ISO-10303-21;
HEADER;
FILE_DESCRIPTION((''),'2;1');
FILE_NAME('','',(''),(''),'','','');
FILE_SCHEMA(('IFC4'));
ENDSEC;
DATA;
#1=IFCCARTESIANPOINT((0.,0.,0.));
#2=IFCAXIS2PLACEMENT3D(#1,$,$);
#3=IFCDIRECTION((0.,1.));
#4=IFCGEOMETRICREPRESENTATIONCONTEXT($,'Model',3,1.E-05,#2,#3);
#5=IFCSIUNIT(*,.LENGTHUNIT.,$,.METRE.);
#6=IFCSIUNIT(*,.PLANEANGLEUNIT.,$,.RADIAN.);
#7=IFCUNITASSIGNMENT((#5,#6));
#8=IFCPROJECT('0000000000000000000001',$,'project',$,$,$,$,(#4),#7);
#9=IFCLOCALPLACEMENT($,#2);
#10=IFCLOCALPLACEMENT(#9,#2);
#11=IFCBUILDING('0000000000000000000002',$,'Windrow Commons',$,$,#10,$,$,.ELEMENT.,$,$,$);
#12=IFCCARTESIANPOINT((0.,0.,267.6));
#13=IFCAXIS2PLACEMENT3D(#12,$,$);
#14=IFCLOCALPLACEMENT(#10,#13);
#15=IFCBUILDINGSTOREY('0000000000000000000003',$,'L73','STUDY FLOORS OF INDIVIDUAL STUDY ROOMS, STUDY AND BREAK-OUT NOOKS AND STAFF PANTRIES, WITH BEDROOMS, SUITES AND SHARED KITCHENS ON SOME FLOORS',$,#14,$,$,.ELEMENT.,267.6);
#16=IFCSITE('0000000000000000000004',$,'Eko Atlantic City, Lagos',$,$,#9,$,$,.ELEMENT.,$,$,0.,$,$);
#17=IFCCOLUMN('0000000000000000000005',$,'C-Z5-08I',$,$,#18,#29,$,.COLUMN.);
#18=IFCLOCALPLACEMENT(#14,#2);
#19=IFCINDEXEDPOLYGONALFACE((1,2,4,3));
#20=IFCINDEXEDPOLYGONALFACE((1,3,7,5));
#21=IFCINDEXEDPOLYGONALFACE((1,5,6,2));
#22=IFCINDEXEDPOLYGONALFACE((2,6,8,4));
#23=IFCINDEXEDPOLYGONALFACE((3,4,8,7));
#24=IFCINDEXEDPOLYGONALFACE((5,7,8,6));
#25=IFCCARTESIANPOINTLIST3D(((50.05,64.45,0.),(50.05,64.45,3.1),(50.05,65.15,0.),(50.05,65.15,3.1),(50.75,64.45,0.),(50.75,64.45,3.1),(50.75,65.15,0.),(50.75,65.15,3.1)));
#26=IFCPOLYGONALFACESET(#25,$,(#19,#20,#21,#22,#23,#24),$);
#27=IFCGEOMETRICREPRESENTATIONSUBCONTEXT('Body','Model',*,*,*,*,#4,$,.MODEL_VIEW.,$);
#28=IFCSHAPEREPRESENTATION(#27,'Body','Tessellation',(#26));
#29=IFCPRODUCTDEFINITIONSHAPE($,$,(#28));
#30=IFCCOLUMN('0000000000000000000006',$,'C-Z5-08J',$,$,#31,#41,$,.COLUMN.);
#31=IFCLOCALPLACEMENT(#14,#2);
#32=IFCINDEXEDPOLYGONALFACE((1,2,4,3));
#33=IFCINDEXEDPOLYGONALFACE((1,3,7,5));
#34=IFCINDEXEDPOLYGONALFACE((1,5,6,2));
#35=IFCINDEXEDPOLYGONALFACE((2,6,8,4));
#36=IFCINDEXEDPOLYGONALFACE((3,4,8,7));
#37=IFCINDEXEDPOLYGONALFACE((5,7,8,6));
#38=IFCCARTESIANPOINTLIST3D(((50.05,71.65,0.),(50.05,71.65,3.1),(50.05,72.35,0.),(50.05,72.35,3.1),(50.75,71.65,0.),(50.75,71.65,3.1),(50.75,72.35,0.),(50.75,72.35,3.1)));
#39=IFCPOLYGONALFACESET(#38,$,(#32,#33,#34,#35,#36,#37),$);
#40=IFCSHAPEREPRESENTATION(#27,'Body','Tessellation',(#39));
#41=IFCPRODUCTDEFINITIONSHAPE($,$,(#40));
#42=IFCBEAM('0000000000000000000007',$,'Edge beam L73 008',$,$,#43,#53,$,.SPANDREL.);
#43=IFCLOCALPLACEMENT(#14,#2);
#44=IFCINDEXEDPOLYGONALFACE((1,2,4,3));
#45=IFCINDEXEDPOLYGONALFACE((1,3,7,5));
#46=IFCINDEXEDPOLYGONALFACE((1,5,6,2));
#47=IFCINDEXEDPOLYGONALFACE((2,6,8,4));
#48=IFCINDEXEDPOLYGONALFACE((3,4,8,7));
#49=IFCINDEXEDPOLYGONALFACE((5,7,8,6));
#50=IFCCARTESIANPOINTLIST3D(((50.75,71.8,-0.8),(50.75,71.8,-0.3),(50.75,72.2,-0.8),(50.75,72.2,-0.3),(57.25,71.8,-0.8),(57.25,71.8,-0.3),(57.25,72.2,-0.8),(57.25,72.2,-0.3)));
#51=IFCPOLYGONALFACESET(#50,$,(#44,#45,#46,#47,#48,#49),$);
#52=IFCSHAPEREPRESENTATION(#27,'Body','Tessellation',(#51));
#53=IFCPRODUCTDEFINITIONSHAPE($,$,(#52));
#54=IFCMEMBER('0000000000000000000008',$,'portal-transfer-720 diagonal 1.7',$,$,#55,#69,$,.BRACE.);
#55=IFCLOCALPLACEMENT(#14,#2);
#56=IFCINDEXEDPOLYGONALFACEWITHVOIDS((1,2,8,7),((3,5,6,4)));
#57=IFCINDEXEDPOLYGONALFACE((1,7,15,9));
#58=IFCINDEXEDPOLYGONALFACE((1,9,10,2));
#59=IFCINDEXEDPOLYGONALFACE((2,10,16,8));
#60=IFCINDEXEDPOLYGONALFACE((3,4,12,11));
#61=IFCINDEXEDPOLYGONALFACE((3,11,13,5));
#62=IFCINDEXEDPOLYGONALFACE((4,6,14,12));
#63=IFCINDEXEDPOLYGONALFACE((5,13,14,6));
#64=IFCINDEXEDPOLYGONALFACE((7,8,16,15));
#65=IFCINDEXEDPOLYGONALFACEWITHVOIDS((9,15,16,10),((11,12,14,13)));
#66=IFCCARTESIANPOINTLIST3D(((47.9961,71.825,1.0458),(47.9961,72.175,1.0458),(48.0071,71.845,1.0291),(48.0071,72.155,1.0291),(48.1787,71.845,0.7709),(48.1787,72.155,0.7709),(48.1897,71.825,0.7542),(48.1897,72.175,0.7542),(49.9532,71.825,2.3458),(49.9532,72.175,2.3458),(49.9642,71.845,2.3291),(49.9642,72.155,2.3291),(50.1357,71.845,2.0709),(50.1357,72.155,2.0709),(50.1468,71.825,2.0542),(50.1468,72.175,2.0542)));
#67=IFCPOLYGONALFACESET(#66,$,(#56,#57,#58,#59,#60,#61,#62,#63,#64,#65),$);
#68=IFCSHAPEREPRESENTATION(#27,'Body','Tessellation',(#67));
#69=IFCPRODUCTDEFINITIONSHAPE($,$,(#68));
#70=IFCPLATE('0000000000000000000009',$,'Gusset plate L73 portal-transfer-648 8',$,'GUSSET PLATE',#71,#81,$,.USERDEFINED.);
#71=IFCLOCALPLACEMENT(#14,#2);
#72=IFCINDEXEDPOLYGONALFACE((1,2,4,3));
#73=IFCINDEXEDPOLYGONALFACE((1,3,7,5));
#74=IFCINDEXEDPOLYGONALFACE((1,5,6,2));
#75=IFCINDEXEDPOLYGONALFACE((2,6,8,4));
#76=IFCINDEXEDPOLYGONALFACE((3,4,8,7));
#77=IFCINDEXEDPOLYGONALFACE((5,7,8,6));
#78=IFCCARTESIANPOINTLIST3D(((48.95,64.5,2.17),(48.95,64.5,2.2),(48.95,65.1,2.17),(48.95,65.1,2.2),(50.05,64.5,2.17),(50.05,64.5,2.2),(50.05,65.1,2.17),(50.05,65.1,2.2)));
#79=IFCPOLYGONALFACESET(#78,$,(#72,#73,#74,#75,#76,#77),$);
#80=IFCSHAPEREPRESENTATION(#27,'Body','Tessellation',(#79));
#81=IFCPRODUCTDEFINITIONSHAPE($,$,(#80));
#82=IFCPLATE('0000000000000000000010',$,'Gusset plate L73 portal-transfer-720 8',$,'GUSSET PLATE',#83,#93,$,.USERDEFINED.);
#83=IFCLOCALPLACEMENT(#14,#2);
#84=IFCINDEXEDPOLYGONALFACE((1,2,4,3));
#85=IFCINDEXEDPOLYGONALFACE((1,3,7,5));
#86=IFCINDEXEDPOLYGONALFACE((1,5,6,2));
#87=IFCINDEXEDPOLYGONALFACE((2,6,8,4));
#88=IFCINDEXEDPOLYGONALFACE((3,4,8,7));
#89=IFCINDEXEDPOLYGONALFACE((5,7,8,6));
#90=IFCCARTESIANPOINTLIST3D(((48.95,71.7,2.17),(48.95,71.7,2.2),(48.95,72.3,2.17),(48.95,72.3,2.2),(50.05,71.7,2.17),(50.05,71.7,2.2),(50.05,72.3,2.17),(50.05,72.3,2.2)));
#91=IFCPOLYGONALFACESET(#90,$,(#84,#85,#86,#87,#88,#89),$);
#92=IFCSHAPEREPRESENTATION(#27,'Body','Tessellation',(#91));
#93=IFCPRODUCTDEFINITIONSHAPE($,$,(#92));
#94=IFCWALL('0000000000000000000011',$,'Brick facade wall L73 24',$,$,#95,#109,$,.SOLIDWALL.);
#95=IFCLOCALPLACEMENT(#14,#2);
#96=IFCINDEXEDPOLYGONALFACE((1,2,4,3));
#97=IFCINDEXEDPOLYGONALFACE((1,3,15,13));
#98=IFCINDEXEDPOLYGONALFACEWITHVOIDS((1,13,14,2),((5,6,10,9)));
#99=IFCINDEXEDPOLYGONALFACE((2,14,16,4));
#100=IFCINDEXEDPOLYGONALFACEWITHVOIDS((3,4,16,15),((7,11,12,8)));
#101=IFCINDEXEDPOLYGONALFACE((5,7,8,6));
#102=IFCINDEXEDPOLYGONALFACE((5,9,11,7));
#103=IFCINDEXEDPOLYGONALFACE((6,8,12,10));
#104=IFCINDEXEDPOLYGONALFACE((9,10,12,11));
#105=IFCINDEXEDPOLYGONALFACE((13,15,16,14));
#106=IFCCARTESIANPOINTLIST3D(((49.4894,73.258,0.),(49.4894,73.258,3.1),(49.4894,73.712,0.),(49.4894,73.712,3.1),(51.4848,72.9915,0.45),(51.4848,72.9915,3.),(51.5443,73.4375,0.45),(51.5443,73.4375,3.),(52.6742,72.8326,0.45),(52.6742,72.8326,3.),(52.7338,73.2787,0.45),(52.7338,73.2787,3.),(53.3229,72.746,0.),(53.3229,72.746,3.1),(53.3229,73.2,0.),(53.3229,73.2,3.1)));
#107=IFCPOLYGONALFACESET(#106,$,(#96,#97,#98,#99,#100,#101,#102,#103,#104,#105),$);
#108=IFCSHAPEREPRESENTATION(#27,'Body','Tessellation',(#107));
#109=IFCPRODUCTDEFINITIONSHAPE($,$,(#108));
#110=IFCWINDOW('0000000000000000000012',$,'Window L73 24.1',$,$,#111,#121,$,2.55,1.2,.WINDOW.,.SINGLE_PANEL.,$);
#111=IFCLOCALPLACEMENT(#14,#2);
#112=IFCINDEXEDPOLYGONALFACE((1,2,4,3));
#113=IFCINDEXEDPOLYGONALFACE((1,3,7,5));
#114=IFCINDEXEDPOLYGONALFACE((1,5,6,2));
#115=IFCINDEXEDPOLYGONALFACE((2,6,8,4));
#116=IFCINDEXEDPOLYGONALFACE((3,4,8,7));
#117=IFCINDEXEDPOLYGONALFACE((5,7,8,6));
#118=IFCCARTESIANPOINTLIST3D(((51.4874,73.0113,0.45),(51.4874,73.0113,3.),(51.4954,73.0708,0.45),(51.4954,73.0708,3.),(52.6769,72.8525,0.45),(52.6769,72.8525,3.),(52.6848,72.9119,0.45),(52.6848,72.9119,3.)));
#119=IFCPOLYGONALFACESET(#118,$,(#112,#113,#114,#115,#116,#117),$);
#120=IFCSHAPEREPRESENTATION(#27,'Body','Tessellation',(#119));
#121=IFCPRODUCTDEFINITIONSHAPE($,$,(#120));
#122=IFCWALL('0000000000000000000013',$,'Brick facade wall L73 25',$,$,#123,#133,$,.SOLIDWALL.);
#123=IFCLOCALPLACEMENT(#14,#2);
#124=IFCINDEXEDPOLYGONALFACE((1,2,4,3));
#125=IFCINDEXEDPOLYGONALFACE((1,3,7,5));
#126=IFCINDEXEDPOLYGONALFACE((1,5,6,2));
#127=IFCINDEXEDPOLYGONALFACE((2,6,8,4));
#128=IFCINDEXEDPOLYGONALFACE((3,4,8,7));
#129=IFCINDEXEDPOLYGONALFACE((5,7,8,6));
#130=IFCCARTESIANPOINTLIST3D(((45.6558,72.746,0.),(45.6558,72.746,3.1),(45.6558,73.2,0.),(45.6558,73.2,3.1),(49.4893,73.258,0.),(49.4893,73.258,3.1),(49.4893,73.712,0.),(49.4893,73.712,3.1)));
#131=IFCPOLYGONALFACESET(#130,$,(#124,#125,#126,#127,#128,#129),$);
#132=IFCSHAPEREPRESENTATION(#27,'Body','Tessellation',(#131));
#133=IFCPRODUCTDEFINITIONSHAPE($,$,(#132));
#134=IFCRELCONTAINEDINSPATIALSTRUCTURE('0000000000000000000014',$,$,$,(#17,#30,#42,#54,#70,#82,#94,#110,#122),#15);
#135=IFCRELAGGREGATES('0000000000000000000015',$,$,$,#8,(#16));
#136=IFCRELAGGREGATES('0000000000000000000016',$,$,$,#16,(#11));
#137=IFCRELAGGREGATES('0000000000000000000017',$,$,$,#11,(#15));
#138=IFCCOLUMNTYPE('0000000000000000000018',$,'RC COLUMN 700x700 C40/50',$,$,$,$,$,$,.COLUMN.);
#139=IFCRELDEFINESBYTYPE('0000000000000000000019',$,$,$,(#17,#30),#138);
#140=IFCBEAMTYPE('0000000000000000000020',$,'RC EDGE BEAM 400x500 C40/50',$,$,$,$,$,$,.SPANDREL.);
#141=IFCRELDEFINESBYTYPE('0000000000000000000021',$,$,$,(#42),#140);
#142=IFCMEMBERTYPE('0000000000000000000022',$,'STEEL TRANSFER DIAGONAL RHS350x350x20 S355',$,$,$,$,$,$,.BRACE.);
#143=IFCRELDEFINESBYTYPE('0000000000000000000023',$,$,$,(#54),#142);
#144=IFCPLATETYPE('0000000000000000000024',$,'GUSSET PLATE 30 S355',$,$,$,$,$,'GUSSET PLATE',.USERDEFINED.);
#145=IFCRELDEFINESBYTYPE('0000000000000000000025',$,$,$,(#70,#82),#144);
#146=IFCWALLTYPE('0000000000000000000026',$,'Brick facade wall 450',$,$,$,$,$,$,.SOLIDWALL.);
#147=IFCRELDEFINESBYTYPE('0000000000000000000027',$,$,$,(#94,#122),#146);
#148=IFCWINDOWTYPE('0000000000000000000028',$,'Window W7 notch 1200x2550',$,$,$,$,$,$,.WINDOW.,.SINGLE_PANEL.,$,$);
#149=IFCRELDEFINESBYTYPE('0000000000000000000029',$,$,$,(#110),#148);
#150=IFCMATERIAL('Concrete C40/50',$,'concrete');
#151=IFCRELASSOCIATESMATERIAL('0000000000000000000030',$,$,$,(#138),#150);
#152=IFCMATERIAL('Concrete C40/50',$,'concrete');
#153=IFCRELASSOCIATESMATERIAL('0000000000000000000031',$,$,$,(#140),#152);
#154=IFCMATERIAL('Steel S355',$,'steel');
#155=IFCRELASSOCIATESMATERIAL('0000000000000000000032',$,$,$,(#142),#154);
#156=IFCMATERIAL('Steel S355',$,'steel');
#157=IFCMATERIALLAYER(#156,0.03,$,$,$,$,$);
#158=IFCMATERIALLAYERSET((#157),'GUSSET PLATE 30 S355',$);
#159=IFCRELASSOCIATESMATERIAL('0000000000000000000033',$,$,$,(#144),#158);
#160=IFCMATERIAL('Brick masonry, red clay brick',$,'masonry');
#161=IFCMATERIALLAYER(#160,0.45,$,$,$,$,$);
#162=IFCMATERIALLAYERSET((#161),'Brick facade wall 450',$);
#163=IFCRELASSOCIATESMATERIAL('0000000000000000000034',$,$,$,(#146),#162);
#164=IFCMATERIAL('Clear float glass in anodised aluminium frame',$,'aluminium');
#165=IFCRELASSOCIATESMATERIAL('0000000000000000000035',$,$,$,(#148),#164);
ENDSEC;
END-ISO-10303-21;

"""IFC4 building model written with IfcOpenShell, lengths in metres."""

from ifc_helpers import new_model, si_unit, direction, frame, frame_2d, origin, origin_2d, place, context, subcontext, project, spatial, polyline, rectangle, hollow_rectangle, outline, extrude, material, layer, layer_set, material_profile, profile_set, type_object, element, fill, save


model = new_model("IFC4")

# Units and contexts
model_context = context("Model", 3, precision=1e-05, world=origin(), true_north=direction((0.0, 1.0)))
body_context = subcontext(model_context, "Body", "Model", "MODEL_VIEW")
ifc_project = project(units=[si_unit("LENGTHUNIT", "METRE"), si_unit("PLANEANGLEUNIT", "RADIAN")], contexts=[model_context])

# Site, building, storey
site_placement = place(None, origin())
site = spatial("IfcSite", under=ifc_project, at=site_placement, Name="Eko Atlantic City, Lagos", CompositionType="ELEMENT", RefElevation=0.0)
building_placement = place(site_placement, origin())
building = spatial("IfcBuilding", under=site, at=building_placement, Name="Windrow Commons", CompositionType="ELEMENT")
storey_placement = place(building_placement, frame((0.0, 0.0, 267.6)))
storey = spatial("IfcBuildingStorey", under=building, at=storey_placement, Name="L73", Description="STUDY FLOORS OF INDIVIDUAL STUDY ROOMS, STUDY AND BREAK-OUT NOOKS AND STAFF PANTRIES, WITH BEDROOMS, SUITES AND SHARED KITCHENS ON SOME FLOORS", CompositionType="ELEMENT", Elevation=267.6)

# Columns
ifc_material_1 = material(Name="Concrete C40/50", Category="concrete")
ifc_material_profile_1 = material_profile(ifc_material_1, rectangle(XDim=0.7, YDim=0.7, at=origin_2d()))
ifc_profile_set_1 = profile_set([ifc_material_profile_1], Name="Concrete C40/50")
column_type = type_object("IfcColumnType", Name="RC COLUMN 700x700 C40/50", PredefinedType="COLUMN", material=ifc_profile_set_1)
for number, where, z_axis, x_axis, name in (
    (1, (50.4, 64.8, 0.0), (0.0, 0.0, 1.0), (1.0, 0.0, 0.0), "C-Z5-08I"),
    (2, (50.4, 72.0, 0.0), (0.0, 0.0, 1.0), (1.0, 0.0, 0.0), "C-Z5-08J"),
):
    element("IfcColumn", number, at=place(storey_placement, frame(where, z_axis=z_axis, x_axis=x_axis)), inside=storey, type_object=column_type, Name=name, PredefinedType="COLUMN", context=body_context, shape_type="SweptSolid", body=[
        extrude(rectangle(XDim=0.7, YDim=0.7, at=origin_2d()), origin(), (0.0, 0.0, 1.0), 3.1),
    ])

# Beam
ifc_material_2 = material(Name="Concrete C40/50", Category="concrete")
ifc_material_profile_2 = material_profile(ifc_material_2, rectangle(XDim=0.4, YDim=0.5, at=origin_2d()))
ifc_profile_set_2 = profile_set([ifc_material_profile_2], Name="Concrete C40/50")
beam_type = type_object("IfcBeamType", Name="RC EDGE BEAM 400x500 C40/50", PredefinedType="SPANDREL", material=ifc_profile_set_2)
beam_placement = place(storey_placement, frame((50.75, 72.0, -0.55), z_axis=(1.0, 0.0, 0.0), x_axis=(0.0, 1.0, 0.0)))
element("IfcBeam", 3, at=beam_placement, inside=storey, type_object=beam_type, Name="Edge beam L73 008", PredefinedType="SPANDREL", context=body_context, shape_type="SweptSolid", body=[
    extrude(rectangle(XDim=0.4, YDim=0.5, at=origin_2d()), origin(), (0.0, 0.0, 1.0), 6.5),
])

# Member
ifc_material_3 = material(Name="Steel S355", Category="steel")
ifc_material_profile_3 = material_profile(ifc_material_3, hollow_rectangle(XDim=0.35, YDim=0.35, WallThickness=0.02, at=origin_2d()))
ifc_profile_set_3 = profile_set([ifc_material_profile_3], Name="Steel S355")
member_type = type_object("IfcMemberType", Name="STEEL TRANSFER DIAGONAL RHS350x350x20 S355", PredefinedType="BRACE", material=ifc_profile_set_3)
member_placement = place(storey_placement, frame((48.0929, 72.0, 0.9), z_axis=(0.832979, 0.0, 0.553305), x_axis=(0.0, 1.0, 0.0)))
element("IfcMember", 4, at=member_placement, inside=storey, type_object=member_type, Name="portal-transfer-720 diagonal 1.7", PredefinedType="BRACE", context=body_context, shape_type="SweptSolid", body=[
    extrude(hollow_rectangle(XDim=0.35, YDim=0.35, WallThickness=0.02, at=origin_2d()), origin(), (0.0, 0.0, 1.0), 2.3495),
])

# Plates
ifc_material_4 = material(Name="Steel S355", Category="steel")
ifc_layer_1 = layer(ifc_material_4, 0.03)
ifc_layer_set_1 = layer_set([ifc_layer_1], Name="GUSSET PLATE 30 S355")
plate_type = type_object("IfcPlateType", Name="GUSSET PLATE 30 S355", ElementType="GUSSET PLATE", PredefinedType="USERDEFINED", material=ifc_layer_set_1)
for number, where, z_axis, x_axis, name in (
    (5, (49.5, 64.8, 2.17), (0.0, 0.0, 1.0), (1.0, 0.0, 0.0), "Gusset plate L73 portal-transfer-648 8"),
    (6, (49.5, 72.0, 2.17), (0.0, 0.0, 1.0), (1.0, 0.0, 0.0), "Gusset plate L73 portal-transfer-720 8"),
):
    element("IfcPlate", number, at=place(storey_placement, frame(where, z_axis=z_axis, x_axis=x_axis)), inside=storey, type_object=plate_type, Name=name, ObjectType="GUSSET PLATE", PredefinedType="USERDEFINED", context=body_context, shape_type="SweptSolid", body=[
        extrude(rectangle(XDim=1.1, YDim=0.6, at=origin_2d()), origin(), (0.0, 0.0, 1.0), 0.03),
    ])

# Wall, opening, window
ifc_material_5 = material(Name="Brick masonry, red clay brick", Category="masonry")
ifc_layer_2 = layer(ifc_material_5, 0.45)
ifc_layer_set_2 = layer_set([ifc_layer_2], Name="Brick facade wall 450")
wall_type_1 = type_object("IfcWallType", Name="Brick facade wall 450", PredefinedType="SOLIDWALL", material=ifc_layer_set_2)
wall_1_placement = place(storey_placement, frame((53.3229, 72.973, 0.0), z_axis=(0.0, 0.0, 1.0), x_axis=(-0.991199, 0.13238, 0.0)))
wall_1 = element("IfcWall", 7, at=wall_1_placement, inside=storey, type_object=wall_type_1, Name="Brick facade wall L73 24", PredefinedType="SOLIDWALL", context=body_context, shape_type="SweptSolid", body=[
    extrude(outline(polyline([(0.0301, -0.225), (3.8976, -0.225), (3.8375, 0.225), (-0.0301, 0.225), (0.0301, -0.225)])), origin(), (0.0, 0.0, 1.0), 3.1),
])
opening_1_placement = place(wall_1_placement, frame((0.6244, 0.0, 0.45)))
opening_1 = element("IfcOpeningElement", 8, at=opening_1_placement, cuts=wall_1, PredefinedType="OPENING", context=body_context, shape_type="SweptSolid", body=[
    extrude(rectangle(XDim=1.2, YDim=2.55, at=frame_2d((0.6, 1.275))), frame((0.0, 0.235, 0.0), z_axis=(0.0, -1.0, 0.0), x_axis=(1.0, 0.0, 0.0)), (0.0, 0.0, 1.0), 0.47),
])
ifc_material_6 = material(Name="Clear float glass in anodised aluminium frame", Category="aluminium")
window_type = type_object("IfcWindowType", Name="Window W7 notch 1200x2550", PartitioningType="SINGLE_PANEL", PredefinedType="WINDOW", material=ifc_material_6)
window_placement = place(opening_1_placement, origin())
window = element("IfcWindow", 9, at=window_placement, inside=storey, type_object=window_type, Name="Window L73 24.1", OverallHeight=2.55, OverallWidth=1.2, PartitioningType="SINGLE_PANEL", PredefinedType="WINDOW", context=body_context, shape_type="SweptSolid", body=[
    extrude(rectangle(XDim=1.2, YDim=2.55, at=frame_2d((0.6, 1.275))), frame((0.0, 0.205, 0.0), z_axis=(0.0, -1.0, 0.0), x_axis=(1.0, 0.0, 0.0)), (0.0, 0.0, 1.0), 0.06),
])
fill(opening_1, window)

# Wall
wall_2_placement = place(storey_placement, frame((49.4893, 73.485, 0.0), z_axis=(0.0, 0.0, 1.0), x_axis=(-0.991199, -0.132384, 0.0)))
element("IfcWall", 10, at=wall_2_placement, inside=storey, type_object=wall_type_1, Name="Brick facade wall L73 25", PredefinedType="SOLIDWALL", context=body_context, shape_type="SweptSolid", body=[
    extrude(outline(polyline([(-0.0301, -0.225), (3.8375, -0.225), (3.8976, 0.225), (0.0301, 0.225), (-0.0301, -0.225)])), origin(), (0.0, 0.0, 1.0), 3.1),
])

save(model, "model.ifc")
